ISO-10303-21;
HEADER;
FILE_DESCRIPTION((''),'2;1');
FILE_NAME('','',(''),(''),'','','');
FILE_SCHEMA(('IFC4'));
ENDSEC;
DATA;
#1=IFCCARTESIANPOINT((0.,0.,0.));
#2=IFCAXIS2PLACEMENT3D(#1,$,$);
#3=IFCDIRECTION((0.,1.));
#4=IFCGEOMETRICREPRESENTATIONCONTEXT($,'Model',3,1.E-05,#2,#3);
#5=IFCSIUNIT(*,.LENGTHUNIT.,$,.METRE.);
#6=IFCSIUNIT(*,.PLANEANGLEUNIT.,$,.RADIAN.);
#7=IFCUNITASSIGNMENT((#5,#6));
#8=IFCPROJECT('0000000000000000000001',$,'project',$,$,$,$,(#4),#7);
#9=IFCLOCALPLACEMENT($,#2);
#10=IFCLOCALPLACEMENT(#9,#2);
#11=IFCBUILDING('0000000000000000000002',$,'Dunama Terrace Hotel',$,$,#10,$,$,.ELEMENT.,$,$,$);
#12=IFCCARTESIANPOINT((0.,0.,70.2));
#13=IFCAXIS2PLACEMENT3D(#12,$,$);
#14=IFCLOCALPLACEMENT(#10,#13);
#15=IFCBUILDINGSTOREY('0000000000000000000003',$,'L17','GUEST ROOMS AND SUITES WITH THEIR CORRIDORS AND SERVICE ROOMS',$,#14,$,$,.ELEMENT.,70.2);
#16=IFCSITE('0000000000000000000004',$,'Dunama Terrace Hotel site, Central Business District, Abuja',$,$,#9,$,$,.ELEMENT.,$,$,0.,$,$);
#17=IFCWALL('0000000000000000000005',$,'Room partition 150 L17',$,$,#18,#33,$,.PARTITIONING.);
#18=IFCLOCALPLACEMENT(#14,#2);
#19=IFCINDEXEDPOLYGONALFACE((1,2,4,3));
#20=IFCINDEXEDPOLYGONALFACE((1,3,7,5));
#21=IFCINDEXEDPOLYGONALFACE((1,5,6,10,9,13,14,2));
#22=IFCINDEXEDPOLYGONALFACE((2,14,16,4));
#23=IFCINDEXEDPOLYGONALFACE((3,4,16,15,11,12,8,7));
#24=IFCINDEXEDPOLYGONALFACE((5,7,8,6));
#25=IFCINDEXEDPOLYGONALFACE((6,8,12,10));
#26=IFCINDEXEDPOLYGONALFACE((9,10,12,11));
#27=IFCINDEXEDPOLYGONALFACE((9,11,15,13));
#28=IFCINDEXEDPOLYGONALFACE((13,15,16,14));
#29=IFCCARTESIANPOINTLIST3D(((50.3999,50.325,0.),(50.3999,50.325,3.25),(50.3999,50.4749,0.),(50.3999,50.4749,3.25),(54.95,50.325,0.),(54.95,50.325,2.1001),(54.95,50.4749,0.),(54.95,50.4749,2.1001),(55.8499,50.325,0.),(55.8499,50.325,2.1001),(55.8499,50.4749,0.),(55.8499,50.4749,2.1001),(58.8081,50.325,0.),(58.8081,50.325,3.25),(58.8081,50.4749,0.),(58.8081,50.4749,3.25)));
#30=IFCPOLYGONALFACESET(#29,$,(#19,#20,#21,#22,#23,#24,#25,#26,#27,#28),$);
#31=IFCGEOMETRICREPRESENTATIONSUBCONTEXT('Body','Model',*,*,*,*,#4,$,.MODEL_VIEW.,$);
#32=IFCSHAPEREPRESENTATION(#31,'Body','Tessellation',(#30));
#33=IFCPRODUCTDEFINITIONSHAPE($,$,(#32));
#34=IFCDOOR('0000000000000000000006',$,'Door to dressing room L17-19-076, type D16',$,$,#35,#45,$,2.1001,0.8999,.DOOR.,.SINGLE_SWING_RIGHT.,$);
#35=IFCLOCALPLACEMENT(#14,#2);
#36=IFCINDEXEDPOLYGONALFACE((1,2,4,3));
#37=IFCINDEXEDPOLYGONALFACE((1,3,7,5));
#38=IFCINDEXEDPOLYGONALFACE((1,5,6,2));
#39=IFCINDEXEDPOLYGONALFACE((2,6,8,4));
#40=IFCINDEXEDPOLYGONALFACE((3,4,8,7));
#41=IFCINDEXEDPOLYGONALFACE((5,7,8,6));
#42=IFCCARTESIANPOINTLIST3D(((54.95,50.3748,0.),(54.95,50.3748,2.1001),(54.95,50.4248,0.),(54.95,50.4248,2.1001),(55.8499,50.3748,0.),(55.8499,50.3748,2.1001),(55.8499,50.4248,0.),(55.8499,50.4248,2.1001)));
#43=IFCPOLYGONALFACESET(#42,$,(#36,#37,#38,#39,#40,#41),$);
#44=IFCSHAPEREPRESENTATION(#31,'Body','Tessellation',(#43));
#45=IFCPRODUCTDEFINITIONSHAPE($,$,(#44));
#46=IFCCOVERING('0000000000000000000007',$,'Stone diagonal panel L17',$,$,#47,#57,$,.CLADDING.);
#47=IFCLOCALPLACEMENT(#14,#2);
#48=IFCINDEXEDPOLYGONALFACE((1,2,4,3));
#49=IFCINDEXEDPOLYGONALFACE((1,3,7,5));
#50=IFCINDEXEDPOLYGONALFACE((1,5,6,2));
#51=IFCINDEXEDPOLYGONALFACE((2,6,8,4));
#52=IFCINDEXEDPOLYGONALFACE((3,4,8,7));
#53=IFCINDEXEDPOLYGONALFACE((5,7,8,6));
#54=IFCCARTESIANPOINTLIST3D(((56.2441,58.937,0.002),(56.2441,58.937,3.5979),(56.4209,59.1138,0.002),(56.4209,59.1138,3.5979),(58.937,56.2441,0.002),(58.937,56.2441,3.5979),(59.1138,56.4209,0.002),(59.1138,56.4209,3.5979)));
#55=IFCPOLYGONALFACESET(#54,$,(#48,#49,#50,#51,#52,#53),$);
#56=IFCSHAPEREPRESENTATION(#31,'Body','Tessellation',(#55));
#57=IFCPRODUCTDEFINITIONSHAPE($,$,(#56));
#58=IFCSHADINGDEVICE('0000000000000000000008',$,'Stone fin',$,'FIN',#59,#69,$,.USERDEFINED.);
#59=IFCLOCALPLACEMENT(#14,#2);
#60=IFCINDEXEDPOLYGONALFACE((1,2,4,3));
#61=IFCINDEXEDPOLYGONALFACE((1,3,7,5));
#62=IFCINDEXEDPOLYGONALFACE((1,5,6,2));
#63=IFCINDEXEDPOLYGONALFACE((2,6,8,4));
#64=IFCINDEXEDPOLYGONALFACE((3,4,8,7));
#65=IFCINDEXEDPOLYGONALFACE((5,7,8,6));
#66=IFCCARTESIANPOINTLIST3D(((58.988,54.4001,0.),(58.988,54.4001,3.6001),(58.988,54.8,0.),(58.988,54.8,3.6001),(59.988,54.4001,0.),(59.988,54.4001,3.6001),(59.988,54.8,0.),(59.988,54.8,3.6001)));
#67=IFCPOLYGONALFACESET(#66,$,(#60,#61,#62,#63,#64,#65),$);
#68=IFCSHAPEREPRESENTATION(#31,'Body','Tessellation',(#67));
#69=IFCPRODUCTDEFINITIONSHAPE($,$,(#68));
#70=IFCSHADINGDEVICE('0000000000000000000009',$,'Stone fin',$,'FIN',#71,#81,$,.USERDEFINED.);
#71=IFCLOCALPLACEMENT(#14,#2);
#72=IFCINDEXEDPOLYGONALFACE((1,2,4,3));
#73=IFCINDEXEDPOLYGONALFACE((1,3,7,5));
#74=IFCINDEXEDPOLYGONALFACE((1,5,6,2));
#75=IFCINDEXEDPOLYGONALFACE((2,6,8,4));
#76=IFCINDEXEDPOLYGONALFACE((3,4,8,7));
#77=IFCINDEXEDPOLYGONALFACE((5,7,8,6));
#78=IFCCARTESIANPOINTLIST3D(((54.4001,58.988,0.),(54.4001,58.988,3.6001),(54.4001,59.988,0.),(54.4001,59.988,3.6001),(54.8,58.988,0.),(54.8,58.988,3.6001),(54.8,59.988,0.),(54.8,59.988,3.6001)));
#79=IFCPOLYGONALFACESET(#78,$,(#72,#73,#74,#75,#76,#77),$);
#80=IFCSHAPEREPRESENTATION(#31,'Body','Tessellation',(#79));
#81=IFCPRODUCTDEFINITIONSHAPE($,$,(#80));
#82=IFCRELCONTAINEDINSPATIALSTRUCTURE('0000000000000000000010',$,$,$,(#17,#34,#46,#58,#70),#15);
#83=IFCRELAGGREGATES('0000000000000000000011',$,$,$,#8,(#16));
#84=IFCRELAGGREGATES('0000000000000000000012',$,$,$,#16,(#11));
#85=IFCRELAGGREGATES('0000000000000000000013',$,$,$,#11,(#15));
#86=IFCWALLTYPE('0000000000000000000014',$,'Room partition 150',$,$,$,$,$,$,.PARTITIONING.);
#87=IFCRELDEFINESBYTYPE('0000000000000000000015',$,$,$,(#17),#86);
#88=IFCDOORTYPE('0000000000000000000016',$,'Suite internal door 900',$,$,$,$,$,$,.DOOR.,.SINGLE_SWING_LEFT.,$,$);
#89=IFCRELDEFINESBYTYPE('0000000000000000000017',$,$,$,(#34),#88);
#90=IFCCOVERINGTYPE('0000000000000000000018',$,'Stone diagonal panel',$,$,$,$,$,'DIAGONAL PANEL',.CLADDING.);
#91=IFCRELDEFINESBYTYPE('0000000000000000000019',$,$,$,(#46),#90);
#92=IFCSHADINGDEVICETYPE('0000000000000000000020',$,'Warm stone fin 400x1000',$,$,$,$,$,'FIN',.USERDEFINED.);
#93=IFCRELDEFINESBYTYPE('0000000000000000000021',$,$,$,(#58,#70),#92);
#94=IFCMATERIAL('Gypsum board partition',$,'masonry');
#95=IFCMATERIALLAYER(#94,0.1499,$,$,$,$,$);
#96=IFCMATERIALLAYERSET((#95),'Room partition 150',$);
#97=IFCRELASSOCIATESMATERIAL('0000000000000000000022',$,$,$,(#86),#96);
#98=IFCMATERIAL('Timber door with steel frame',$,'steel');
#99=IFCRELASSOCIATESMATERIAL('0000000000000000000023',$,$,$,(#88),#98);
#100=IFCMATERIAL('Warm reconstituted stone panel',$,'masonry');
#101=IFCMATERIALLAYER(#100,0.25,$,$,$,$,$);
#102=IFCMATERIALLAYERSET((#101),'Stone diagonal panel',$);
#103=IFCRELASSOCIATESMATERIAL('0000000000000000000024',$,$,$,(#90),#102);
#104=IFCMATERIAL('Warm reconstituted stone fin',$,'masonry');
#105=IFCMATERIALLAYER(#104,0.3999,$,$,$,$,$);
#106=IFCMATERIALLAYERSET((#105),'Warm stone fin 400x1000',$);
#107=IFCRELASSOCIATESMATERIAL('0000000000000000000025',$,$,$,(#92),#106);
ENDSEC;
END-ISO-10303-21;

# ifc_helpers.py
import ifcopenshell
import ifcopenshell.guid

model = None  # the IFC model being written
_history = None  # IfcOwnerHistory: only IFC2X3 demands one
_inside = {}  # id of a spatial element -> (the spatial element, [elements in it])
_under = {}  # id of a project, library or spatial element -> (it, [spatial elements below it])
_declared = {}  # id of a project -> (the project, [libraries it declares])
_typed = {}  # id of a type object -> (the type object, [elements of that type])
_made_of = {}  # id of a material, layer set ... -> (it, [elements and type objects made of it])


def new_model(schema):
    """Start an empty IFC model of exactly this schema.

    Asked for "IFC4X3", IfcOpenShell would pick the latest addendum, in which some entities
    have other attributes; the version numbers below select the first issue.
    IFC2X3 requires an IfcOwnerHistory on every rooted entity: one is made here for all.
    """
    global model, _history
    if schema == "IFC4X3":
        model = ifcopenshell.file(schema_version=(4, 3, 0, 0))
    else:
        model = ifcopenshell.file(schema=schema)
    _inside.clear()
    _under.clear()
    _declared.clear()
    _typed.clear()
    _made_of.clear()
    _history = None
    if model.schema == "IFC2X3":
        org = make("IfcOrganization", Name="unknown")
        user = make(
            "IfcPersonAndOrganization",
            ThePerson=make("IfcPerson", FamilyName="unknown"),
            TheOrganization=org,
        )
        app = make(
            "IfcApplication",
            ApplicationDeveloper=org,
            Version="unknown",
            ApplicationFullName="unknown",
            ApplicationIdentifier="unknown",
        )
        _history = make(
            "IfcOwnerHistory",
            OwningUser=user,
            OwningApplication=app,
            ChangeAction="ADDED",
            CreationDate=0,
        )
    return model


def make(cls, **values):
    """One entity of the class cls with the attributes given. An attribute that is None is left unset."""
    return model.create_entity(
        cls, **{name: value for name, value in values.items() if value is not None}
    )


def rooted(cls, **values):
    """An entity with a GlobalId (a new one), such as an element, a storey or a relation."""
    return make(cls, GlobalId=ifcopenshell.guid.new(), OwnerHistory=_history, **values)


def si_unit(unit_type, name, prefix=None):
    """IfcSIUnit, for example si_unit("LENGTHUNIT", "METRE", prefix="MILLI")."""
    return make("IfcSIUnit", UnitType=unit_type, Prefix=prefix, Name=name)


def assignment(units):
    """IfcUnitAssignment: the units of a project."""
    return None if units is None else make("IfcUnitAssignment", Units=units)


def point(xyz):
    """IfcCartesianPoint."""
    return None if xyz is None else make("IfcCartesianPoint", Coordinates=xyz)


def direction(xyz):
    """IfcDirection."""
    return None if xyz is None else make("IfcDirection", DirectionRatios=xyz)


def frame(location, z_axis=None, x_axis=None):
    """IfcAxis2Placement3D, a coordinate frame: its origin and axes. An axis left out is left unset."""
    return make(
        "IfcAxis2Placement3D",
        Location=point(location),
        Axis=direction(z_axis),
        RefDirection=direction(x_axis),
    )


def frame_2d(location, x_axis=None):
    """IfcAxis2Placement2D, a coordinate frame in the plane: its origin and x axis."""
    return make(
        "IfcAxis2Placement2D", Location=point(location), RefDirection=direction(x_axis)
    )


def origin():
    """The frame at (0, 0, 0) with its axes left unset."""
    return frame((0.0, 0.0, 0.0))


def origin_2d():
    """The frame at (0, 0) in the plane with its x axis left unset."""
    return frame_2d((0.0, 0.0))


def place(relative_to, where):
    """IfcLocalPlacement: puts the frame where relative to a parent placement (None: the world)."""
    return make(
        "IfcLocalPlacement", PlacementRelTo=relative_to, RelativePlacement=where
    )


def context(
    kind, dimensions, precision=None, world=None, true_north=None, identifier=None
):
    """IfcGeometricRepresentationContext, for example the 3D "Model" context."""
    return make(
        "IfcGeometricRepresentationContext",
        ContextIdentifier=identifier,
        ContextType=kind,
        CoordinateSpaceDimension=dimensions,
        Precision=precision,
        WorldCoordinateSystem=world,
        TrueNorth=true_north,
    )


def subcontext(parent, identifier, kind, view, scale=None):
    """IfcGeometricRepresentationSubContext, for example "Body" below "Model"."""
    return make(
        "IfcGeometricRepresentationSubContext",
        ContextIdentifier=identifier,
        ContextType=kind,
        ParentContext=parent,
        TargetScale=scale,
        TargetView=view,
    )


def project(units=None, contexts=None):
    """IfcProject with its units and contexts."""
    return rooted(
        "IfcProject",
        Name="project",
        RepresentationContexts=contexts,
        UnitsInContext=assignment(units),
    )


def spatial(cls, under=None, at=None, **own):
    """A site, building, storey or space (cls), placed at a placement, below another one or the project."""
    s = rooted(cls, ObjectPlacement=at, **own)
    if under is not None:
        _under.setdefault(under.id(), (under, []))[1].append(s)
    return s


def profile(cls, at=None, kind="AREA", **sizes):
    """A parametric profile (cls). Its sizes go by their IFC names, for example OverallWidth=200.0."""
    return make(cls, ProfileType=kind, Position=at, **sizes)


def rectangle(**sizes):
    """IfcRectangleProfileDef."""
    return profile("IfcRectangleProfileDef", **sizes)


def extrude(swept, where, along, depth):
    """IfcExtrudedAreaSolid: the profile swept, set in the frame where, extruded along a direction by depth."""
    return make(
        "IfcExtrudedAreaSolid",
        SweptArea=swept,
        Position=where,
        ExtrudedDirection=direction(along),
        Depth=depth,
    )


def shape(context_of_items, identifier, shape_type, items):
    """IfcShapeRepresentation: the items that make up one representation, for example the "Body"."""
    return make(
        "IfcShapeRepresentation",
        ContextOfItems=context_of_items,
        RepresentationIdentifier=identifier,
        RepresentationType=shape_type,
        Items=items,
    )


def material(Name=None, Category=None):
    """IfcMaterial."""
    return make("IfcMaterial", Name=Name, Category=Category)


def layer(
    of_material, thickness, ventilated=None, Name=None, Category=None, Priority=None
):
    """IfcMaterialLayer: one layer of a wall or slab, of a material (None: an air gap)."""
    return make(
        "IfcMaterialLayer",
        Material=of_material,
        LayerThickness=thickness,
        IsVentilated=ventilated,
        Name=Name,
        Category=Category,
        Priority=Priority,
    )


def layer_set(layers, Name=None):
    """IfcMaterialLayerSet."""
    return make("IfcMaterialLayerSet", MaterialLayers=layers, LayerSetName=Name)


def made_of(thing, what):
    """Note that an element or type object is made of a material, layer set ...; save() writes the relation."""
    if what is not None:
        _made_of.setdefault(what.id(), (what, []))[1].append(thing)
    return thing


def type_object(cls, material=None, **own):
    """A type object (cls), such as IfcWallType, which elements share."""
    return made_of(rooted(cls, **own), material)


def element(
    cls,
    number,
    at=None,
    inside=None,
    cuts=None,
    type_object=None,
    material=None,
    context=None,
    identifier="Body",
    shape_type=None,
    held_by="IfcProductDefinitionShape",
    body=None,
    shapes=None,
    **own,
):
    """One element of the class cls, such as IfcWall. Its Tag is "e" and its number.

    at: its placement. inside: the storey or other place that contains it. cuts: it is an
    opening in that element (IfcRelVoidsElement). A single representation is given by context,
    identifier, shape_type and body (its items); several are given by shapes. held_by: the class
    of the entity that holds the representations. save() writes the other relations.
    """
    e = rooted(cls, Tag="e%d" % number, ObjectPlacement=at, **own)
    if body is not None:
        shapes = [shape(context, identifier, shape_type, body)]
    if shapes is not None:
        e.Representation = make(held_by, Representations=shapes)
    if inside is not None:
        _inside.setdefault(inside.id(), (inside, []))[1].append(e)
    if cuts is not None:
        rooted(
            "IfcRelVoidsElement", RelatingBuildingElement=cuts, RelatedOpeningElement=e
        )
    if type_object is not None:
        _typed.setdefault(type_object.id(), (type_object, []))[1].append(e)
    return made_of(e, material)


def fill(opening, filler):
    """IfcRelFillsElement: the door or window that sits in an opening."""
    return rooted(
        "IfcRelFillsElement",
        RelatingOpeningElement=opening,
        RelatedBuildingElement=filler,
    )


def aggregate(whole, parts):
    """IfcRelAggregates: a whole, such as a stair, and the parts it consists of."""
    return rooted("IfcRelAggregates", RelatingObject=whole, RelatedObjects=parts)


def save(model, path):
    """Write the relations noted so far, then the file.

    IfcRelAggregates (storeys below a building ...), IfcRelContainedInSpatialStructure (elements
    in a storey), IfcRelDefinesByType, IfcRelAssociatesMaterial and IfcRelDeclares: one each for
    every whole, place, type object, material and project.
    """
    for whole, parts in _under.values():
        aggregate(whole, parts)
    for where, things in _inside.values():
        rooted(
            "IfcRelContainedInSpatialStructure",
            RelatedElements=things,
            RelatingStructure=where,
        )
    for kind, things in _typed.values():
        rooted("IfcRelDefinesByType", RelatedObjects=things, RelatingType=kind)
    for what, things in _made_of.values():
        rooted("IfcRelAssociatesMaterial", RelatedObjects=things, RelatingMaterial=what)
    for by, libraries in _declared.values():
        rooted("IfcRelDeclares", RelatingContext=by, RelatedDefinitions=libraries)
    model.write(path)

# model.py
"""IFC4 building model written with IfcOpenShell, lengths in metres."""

from ifc_helpers import new_model, si_unit, direction, frame, frame_2d, origin, origin_2d, place, context, subcontext, project, spatial, rectangle, extrude, material, layer, layer_set, type_object, element, fill, save


model = new_model("IFC4")

# Units and contexts
model_context = context("Model", 3, precision=1e-05, world=origin(), true_north=direction((0.0, 1.0)))
body_context = subcontext(model_context, "Body", "Model", "MODEL_VIEW")
ifc_project = project(units=[si_unit("LENGTHUNIT", "METRE"), si_unit("PLANEANGLEUNIT", "RADIAN")], contexts=[model_context])

# Site, building, storey
site_placement = place(None, origin())
site = spatial("IfcSite", under=ifc_project, at=site_placement, Name="Dunama Terrace Hotel site, Central Business District, Abuja", CompositionType="ELEMENT", RefElevation=0.0)
building_placement = place(site_placement, origin())
building = spatial("IfcBuilding", under=site, at=building_placement, Name="Dunama Terrace Hotel", CompositionType="ELEMENT")
storey_placement = place(building_placement, frame((0.0, 0.0, 70.2)))
storey = spatial("IfcBuildingStorey", under=building, at=storey_placement, Name="L17", Description="GUEST ROOMS AND SUITES WITH THEIR CORRIDORS AND SERVICE ROOMS", CompositionType="ELEMENT", Elevation=70.2)

# Shared definitions
ifc_material_1 = material(Name="Gypsum board partition", Category="masonry")
ifc_layer_1 = layer(ifc_material_1, 0.1499)
ifc_layer_set_1 = layer_set([ifc_layer_1], Name="Room partition 150")
wall_type_1 = type_object("IfcWallType", Name="Room partition 150", PredefinedType="PARTITIONING", material=ifc_layer_set_1)

# Wall, opening, door
wall_1_placement = place(storey_placement, frame((50.3999, 50.3999, 0.0), z_axis=(0.0, 0.0, 1.0), x_axis=(1.0, 0.0, 0.0)))
wall_1 = element("IfcWall", 1, at=wall_1_placement, inside=storey, type_object=wall_type_1, Name="Room partition 150 L17", PredefinedType="PARTITIONING", context=body_context, shape_type="SweptSolid", body=[
    extrude(rectangle(XDim=8.4082, YDim=0.1499, at=frame_2d((4.2041, 0.0))), origin(), (0.0, 0.0, 1.0), 3.25),
])
opening_1_placement = place(wall_1_placement, frame((4.55, 0.0, 0.0)))
opening_1 = element("IfcOpeningElement", 2, at=opening_1_placement, cuts=wall_1, PredefinedType="OPENING", context=body_context, shape_type="SweptSolid", body=[
    extrude(rectangle(XDim=0.8999, YDim=2.1001, at=frame_2d((0.45, 1.05))), frame((0.0, 0.085, 0.0), z_axis=(0.0, -1.0, 0.0), x_axis=(1.0, 0.0, 0.0)), (0.0, 0.0, 1.0), 0.1699),
])
ifc_material_2 = material(Name="Timber door with steel frame", Category="steel")
door_type_1 = type_object("IfcDoorType", Name="Suite internal door 900", OperationType="SINGLE_SWING_LEFT", PredefinedType="DOOR", material=ifc_material_2)
door_1_placement = place(opening_1_placement, frame((0.8999, 0.0, 0.0), z_axis=(0.0, 0.0, 1.0), x_axis=(-1.0, 0.0, 0.0)))
door_1 = element("IfcDoor", 3, at=door_1_placement, inside=storey, type_object=door_type_1, Name="Door to dressing room L17-19-076, type D16", OperationType="SINGLE_SWING_RIGHT", OverallHeight=2.1001, OverallWidth=0.8999, PredefinedType="DOOR", context=body_context, shape_type="SweptSolid", body=[
    extrude(rectangle(XDim=0.8999, YDim=2.1001, at=frame_2d((0.45, 1.05))), frame((0.0, 0.0251, 0.0), z_axis=(0.0, -1.0, 0.0), x_axis=(1.0, 0.0, 0.0)), (0.0, 0.0, 1.0), 0.05),
])
fill(opening_1, door_1)

# Covering
ifc_material_3 = material(Name="Warm reconstituted stone panel", Category="masonry")
ifc_layer_2 = layer(ifc_material_3, 0.25)
ifc_layer_set_2 = layer_set([ifc_layer_2], Name="Stone diagonal panel")
covering_type = type_object("IfcCoveringType", Name="Stone diagonal panel", ElementType="DIAGONAL PANEL", PredefinedType="CLADDING", material=ifc_layer_set_2)
covering_placement = place(storey_placement, frame((57.679, 57.679, 0.002), z_axis=(0.0, 0.0, 1.0), x_axis=(-0.707107, 0.707107, 0.0)))
element("IfcCovering", 4, at=covering_placement, inside=storey, type_object=covering_type, Name="Stone diagonal panel L17", PredefinedType="CLADDING", context=body_context, shape_type="SweptSolid", body=[
    extrude(rectangle(XDim=3.8083, YDim=0.25, at=origin_2d()), origin(), (0.0, 0.0, 1.0), 3.5959),
])

# Shading devices
ifc_material_4 = material(Name="Warm reconstituted stone fin", Category="masonry")
ifc_layer_3 = layer(ifc_material_4, 0.3999)
ifc_layer_set_3 = layer_set([ifc_layer_3], Name="Warm stone fin 400x1000")
shading_device_type = type_object("IfcShadingDeviceType", Name="Warm stone fin 400x1000", ElementType="FIN", PredefinedType="USERDEFINED", material=ifc_layer_set_3)
for number, where, z_axis, x_axis, name in (
    (5, (59.488, 54.6001, 0.0), (0.0, 0.0, 1.0), (0.0, 1.0, 0.0), "Stone fin"),
    (6, (54.6001, 59.488, 0.0), (0.0, 0.0, 1.0), (-1.0, 0.0, 0.0), "Stone fin"),
):
    element("IfcShadingDevice", number, at=place(storey_placement, frame(where, z_axis=z_axis, x_axis=x_axis)), inside=storey, type_object=shading_device_type, Name=name, ObjectType="FIN", PredefinedType="USERDEFINED", context=body_context, shape_type="SweptSolid", body=[
        extrude(rectangle(XDim=0.3999, YDim=1.0, at=origin_2d()), origin(), (0.0, 0.0, 1.0), 3.6001),
    ])

save(model, "model.ifc")
